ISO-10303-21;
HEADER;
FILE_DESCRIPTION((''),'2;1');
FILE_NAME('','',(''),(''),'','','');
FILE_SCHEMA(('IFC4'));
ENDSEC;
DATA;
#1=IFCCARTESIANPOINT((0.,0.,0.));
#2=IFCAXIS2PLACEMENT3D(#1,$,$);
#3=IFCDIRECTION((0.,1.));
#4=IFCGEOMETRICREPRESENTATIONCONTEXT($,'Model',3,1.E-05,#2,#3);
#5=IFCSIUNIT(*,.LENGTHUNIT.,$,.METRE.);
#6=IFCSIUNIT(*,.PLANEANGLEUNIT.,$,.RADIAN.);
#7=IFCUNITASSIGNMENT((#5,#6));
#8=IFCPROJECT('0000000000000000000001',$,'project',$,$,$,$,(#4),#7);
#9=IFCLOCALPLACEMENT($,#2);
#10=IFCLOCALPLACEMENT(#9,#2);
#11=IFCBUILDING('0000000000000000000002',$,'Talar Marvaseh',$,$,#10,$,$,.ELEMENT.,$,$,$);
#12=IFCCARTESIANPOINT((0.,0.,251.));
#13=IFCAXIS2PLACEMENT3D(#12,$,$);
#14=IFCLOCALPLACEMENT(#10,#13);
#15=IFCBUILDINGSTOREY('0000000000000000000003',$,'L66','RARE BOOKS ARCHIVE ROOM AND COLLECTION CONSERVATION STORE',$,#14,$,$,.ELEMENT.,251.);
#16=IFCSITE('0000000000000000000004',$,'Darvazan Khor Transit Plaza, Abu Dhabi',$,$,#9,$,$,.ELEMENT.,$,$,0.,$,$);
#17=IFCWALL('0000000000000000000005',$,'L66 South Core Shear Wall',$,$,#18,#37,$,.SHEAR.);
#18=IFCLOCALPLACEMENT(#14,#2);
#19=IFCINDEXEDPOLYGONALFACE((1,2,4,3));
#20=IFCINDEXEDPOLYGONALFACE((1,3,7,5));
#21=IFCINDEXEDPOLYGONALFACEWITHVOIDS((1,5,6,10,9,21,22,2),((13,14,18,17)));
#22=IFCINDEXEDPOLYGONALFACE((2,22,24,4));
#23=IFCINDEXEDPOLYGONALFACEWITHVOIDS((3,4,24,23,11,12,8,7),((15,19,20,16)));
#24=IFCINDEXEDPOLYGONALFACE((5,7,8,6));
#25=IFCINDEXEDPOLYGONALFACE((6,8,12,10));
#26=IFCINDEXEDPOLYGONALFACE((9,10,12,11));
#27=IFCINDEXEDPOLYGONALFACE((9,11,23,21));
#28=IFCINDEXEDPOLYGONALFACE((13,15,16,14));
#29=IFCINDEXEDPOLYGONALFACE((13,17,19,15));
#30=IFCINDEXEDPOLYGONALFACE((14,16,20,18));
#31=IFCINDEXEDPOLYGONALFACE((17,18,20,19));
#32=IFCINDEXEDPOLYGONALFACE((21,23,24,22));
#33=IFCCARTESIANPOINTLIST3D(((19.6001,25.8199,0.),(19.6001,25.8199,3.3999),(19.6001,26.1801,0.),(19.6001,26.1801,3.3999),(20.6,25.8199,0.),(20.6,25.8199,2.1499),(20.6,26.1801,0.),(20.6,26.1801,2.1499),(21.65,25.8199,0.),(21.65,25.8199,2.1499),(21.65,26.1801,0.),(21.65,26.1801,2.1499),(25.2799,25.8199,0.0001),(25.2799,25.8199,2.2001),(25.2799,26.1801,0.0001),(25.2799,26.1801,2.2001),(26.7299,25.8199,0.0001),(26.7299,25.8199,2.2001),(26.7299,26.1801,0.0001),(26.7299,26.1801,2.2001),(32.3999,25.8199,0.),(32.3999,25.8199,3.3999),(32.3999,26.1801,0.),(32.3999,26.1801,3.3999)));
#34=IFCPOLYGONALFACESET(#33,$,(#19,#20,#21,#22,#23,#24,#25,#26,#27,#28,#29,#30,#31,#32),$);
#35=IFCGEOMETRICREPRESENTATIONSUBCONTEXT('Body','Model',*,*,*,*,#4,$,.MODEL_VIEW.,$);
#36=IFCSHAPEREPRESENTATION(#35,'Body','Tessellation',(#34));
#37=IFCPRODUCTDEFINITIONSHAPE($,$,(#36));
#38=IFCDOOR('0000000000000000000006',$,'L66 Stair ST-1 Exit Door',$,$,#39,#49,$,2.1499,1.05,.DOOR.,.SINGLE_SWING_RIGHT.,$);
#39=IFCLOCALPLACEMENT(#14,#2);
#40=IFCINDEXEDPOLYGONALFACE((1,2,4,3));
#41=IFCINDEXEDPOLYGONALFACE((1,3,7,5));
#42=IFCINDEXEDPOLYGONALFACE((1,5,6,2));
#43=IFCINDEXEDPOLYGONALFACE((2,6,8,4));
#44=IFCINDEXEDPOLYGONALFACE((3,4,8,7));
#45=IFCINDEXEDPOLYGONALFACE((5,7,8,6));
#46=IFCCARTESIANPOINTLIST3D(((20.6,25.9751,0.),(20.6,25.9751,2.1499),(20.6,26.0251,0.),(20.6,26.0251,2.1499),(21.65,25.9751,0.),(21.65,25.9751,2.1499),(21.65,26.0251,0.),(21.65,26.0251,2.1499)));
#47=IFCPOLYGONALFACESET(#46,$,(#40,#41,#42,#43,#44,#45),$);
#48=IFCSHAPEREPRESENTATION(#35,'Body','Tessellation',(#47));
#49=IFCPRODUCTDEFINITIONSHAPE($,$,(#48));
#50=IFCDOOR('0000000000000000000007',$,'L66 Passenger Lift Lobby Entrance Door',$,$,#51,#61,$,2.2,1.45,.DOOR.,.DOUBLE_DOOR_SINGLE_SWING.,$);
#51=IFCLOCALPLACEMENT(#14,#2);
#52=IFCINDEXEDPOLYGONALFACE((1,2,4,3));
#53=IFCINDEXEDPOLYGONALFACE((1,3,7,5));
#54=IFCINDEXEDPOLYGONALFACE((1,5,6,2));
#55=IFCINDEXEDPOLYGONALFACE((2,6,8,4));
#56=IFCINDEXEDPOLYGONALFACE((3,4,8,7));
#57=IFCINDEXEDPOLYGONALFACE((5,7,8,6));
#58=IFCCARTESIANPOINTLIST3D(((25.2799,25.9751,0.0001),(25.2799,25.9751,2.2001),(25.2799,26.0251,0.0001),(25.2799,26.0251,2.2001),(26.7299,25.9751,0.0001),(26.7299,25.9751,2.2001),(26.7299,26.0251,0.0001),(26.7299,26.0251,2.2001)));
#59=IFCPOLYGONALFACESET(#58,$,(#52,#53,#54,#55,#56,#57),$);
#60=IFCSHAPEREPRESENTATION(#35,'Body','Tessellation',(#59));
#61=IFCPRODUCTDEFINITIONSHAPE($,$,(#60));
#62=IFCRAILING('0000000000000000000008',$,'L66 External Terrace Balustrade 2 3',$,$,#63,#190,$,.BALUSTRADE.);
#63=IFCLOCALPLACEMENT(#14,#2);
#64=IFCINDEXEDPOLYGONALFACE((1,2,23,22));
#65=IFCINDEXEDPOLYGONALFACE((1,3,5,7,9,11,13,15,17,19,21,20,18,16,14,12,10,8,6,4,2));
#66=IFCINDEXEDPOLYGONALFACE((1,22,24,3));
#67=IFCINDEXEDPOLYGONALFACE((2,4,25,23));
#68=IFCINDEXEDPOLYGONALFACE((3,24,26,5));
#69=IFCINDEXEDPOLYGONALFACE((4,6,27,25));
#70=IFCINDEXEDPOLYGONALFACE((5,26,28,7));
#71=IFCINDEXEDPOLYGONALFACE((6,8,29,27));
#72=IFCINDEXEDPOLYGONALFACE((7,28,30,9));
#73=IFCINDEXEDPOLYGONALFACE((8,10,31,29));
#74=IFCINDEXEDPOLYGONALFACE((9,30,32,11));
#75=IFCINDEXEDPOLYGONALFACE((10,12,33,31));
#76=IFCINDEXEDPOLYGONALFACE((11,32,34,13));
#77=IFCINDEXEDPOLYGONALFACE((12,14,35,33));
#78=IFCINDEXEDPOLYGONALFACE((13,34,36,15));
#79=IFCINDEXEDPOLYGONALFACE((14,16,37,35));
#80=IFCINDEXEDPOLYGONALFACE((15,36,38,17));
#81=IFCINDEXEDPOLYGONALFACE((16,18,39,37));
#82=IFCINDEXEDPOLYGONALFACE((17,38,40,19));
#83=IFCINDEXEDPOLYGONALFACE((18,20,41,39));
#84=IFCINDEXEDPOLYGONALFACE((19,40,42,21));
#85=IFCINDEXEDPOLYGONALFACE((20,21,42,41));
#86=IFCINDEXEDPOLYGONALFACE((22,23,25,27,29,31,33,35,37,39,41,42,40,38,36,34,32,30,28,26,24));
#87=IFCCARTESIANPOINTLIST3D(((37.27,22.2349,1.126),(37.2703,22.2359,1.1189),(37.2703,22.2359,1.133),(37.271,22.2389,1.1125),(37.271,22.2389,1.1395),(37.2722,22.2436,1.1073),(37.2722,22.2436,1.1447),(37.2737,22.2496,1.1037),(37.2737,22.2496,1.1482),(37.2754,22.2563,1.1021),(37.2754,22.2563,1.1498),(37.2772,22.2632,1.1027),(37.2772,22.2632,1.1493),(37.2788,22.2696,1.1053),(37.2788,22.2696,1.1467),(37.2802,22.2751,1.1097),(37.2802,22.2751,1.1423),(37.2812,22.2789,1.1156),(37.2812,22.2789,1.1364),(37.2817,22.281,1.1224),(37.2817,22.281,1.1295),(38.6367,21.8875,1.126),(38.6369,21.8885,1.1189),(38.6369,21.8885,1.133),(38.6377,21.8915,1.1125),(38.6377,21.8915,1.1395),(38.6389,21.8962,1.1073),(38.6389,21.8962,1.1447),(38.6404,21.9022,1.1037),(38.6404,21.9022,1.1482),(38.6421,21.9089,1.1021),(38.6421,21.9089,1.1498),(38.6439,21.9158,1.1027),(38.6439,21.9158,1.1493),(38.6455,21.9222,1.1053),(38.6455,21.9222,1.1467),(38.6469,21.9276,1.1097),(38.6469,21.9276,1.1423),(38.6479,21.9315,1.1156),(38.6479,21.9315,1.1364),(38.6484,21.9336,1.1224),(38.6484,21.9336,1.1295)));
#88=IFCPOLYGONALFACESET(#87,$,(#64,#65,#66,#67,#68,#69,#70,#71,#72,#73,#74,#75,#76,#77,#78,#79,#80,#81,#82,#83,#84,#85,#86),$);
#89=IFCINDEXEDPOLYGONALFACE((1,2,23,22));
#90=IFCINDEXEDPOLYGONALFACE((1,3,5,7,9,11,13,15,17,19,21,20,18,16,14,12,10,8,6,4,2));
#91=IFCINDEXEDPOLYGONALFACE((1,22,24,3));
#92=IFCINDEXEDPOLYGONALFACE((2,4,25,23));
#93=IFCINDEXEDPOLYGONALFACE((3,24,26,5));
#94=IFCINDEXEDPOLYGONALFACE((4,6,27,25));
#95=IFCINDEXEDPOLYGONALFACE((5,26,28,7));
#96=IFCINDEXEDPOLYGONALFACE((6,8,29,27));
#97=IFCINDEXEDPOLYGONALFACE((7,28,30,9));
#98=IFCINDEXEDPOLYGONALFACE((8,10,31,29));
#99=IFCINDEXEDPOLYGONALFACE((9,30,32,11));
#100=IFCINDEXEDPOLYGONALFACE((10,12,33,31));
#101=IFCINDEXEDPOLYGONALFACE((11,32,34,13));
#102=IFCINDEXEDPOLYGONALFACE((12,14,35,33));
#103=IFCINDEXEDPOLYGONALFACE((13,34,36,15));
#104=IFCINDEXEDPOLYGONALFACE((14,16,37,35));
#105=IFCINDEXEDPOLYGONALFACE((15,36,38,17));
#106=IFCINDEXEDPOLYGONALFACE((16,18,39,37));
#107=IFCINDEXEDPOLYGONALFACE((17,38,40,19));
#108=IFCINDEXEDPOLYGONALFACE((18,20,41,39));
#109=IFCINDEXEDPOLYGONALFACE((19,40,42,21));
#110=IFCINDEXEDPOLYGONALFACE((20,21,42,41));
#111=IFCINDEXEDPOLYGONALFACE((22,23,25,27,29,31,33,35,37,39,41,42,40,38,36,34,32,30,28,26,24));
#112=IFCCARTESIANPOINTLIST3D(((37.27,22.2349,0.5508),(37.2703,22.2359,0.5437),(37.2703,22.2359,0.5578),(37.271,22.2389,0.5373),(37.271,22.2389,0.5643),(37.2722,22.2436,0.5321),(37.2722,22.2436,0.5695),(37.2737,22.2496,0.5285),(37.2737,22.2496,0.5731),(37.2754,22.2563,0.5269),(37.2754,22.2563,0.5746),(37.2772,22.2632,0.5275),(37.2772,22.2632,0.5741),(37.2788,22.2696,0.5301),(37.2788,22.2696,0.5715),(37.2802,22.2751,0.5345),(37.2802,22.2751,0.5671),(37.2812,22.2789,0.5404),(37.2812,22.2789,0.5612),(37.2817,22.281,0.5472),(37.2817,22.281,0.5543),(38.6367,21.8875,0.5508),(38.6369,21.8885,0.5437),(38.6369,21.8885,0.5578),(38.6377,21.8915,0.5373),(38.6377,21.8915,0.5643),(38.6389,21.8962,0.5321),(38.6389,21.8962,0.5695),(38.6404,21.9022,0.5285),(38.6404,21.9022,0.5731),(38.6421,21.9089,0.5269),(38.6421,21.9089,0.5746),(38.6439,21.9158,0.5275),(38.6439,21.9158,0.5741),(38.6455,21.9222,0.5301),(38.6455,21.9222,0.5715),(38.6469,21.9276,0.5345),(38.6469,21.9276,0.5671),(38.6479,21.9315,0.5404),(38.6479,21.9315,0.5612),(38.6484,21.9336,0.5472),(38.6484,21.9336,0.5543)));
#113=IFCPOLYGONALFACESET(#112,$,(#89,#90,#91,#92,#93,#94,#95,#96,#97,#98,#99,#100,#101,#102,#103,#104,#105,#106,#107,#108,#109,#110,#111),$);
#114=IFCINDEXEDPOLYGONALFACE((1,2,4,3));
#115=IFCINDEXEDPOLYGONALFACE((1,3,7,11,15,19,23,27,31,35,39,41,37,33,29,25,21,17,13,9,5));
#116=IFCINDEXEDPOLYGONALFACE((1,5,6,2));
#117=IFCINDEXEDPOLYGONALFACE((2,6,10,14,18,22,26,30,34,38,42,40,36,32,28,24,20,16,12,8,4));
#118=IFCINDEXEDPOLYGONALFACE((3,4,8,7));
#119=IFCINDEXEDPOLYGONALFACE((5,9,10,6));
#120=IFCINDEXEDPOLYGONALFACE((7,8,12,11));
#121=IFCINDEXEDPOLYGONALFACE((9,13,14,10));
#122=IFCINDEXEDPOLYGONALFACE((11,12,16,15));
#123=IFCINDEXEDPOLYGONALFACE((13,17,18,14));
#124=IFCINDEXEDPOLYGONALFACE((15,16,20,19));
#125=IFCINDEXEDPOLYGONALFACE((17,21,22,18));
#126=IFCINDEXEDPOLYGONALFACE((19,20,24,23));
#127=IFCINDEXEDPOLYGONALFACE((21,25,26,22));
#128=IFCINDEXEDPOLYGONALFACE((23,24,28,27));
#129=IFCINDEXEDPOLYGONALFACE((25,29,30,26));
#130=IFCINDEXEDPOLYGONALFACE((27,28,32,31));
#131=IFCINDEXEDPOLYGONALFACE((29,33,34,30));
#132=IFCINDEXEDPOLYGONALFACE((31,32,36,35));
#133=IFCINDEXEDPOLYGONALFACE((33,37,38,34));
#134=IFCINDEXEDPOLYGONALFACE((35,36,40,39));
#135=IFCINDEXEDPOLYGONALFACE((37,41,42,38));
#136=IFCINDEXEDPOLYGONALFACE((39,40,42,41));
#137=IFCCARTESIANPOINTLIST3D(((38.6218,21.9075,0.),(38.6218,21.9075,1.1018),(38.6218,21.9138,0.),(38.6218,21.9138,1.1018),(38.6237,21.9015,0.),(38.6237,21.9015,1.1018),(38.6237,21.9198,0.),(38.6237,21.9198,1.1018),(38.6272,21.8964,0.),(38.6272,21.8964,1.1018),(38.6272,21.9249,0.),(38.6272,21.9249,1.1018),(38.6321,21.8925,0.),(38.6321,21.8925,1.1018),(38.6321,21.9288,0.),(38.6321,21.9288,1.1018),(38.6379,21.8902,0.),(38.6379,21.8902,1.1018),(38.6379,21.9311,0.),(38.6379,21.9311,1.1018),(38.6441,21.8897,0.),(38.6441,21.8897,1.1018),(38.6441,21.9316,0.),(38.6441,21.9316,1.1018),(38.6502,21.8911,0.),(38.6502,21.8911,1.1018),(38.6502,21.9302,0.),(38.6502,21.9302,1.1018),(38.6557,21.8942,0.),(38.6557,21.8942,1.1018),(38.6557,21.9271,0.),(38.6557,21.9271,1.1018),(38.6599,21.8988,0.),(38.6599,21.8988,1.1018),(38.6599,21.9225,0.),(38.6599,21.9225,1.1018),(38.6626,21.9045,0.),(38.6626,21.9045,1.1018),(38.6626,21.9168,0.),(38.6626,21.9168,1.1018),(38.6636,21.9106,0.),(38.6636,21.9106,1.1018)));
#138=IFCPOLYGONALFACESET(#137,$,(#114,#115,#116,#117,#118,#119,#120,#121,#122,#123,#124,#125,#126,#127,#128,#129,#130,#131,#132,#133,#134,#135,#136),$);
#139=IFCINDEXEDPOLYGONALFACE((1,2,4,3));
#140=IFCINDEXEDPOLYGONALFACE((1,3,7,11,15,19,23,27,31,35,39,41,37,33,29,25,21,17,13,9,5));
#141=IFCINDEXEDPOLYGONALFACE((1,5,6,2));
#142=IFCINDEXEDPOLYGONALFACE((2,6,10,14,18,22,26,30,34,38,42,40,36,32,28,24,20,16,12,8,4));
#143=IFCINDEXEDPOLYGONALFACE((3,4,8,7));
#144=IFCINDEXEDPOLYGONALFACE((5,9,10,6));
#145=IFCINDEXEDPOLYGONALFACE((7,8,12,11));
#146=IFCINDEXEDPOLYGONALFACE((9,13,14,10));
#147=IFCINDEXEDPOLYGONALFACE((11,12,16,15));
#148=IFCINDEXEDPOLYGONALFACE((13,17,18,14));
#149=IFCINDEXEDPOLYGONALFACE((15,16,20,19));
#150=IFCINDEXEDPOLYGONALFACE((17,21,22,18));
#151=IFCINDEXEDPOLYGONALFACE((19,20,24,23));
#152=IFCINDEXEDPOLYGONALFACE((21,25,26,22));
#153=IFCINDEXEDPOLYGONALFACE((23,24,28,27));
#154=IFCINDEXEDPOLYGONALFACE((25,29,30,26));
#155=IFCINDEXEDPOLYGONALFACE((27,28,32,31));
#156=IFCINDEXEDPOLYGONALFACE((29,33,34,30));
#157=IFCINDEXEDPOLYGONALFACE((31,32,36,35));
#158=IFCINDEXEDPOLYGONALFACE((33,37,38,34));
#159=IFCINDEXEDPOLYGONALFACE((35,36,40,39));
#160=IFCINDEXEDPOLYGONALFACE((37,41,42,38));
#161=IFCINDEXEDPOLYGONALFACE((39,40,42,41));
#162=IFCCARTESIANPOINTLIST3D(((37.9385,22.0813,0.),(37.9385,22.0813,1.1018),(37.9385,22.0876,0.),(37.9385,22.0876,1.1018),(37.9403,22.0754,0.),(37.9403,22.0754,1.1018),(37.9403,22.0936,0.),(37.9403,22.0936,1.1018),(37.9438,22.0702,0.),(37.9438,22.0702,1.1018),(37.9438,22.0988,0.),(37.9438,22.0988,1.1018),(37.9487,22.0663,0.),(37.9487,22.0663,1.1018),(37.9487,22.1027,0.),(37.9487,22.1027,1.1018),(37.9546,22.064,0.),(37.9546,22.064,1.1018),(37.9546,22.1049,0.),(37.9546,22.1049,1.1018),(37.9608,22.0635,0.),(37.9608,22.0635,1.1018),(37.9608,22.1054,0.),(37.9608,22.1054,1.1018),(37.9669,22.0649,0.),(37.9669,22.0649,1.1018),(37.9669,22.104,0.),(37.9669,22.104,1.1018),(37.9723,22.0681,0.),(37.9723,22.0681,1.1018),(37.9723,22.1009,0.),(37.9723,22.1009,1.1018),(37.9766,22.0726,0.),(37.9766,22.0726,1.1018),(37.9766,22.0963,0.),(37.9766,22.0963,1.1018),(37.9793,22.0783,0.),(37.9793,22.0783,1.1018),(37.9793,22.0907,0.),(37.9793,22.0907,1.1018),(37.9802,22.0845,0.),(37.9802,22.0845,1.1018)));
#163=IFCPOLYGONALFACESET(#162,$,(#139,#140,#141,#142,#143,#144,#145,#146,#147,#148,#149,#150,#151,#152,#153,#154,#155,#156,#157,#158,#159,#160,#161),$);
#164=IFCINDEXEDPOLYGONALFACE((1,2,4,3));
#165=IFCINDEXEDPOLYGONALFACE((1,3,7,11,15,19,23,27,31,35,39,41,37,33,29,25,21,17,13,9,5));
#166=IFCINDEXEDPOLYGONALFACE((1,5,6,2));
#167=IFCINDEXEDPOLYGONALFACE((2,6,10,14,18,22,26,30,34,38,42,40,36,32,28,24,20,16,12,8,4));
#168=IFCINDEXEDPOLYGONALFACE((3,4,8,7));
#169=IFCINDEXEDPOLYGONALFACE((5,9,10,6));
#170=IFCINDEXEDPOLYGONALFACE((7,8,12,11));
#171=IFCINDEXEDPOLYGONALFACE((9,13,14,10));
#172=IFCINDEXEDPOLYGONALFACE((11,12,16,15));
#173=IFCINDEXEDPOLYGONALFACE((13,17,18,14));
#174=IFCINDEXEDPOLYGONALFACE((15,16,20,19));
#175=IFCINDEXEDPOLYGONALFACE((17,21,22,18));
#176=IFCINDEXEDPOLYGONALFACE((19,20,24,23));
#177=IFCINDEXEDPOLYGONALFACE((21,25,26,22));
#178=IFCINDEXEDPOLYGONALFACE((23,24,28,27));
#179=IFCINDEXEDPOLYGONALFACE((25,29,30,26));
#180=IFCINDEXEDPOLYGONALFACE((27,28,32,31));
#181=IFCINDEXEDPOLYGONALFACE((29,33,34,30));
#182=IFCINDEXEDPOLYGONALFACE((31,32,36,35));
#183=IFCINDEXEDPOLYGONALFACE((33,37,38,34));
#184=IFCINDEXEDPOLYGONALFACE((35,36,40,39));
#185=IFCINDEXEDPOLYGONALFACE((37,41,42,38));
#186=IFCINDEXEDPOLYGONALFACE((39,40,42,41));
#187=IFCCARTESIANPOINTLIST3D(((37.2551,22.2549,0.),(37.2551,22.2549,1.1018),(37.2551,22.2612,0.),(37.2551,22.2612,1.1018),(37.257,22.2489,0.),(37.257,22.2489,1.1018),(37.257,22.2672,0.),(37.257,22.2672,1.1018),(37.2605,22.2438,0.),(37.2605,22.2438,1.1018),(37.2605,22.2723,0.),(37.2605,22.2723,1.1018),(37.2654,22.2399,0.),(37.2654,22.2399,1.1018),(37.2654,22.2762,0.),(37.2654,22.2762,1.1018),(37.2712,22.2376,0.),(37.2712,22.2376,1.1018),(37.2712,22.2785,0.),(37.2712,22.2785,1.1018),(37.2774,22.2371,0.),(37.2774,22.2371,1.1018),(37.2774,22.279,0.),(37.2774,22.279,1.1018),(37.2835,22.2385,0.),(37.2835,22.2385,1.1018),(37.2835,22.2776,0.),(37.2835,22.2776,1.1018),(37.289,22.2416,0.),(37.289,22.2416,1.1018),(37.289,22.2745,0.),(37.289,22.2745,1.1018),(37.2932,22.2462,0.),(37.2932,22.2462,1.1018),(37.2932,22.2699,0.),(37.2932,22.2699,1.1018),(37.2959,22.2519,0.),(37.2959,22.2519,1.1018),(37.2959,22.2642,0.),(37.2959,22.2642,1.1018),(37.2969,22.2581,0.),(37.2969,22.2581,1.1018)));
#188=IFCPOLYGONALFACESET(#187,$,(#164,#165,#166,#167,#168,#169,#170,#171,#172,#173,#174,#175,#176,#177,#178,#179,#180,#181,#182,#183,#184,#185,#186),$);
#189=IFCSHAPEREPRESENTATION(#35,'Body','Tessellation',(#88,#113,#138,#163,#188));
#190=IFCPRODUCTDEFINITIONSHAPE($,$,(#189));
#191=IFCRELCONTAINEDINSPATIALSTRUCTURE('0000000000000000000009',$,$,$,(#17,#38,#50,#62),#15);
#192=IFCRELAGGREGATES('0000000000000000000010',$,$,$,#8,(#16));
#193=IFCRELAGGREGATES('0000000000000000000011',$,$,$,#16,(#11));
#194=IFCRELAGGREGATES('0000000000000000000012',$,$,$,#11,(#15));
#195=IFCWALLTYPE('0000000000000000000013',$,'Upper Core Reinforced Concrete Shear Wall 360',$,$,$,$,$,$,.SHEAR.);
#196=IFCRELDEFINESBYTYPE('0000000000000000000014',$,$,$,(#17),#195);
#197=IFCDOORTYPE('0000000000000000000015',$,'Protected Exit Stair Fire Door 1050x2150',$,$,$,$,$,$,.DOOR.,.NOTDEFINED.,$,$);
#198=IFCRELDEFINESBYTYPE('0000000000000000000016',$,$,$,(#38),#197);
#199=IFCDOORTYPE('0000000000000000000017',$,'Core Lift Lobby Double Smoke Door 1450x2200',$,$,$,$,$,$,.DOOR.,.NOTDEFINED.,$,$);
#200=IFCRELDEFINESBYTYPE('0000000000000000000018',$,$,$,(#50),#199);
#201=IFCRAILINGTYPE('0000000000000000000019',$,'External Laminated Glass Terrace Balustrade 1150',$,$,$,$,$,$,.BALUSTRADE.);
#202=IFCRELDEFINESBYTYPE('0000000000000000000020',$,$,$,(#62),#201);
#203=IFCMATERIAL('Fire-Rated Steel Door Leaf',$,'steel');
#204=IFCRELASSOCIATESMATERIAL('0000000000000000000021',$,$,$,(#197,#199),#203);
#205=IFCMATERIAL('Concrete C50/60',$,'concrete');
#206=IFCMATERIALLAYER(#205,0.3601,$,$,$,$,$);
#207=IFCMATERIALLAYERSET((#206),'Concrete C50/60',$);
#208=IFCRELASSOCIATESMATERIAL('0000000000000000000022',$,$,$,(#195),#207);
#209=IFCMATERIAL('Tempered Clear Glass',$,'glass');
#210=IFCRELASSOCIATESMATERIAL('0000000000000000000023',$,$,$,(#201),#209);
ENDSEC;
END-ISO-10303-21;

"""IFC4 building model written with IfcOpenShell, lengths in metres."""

from ifc_helpers import new_model, si_unit, direction, frame, frame_2d, origin, origin_2d, place, context, subcontext, project, spatial, rectangle, circle, extrude, source, transform, mapped, material, layer, layer_set, type_object, type_shapes, element, fill, save


model = new_model("IFC4")

# Units and contexts
model_context = context("Model", 3, precision=1e-05, world=origin(), true_north=direction((0.0, 1.0)))
body_context = subcontext(model_context, "Body", "Model", "MODEL_VIEW")
ifc_project = project(units=[si_unit("LENGTHUNIT", "METRE"), si_unit("PLANEANGLEUNIT", "RADIAN")], contexts=[model_context])

# Site, building, storey
site_placement = place(None, origin())
site = spatial("IfcSite", under=ifc_project, at=site_placement, Name="Darvazan Khor Transit Plaza, Abu Dhabi", CompositionType="ELEMENT", RefElevation=0.0)
building_placement = place(site_placement, origin())
building = spatial("IfcBuilding", under=site, at=building_placement, Name="Talar Marvaseh", CompositionType="ELEMENT")
storey_placement = place(building_placement, frame((0.0, 0.0, 251.0)))
storey = spatial("IfcBuildingStorey", under=building, at=storey_placement, Name="L66", Description="RARE BOOKS ARCHIVE ROOM AND COLLECTION CONSERVATION STORE", CompositionType="ELEMENT", Elevation=251.0)

# Shared definitions
ifc_material_1 = material(Name="Concrete C50/60", Category="concrete")

# Shared definitions
ifc_material_2 = material(Name="Fire-Rated Steel Door Leaf", Category="steel")
door_type_1 = type_object("IfcDoorType", Name="Protected Exit Stair Fire Door 1050x2150", OperationType="NOTDEFINED", PredefinedType="DOOR", material=ifc_material_2)
shared_shape_1 = source(origin(), body_context, "Body", "SweptSolid", [
    extrude(rectangle(XDim=1.05, YDim=2.1499, at=frame_2d((0.5249, 1.075))), frame((0.0, 0.0249, 0.0), z_axis=(0.0, -1.0, 0.0), x_axis=(1.0, 0.0, 0.0)), (0.0, 0.0, 1.0), 0.05),
])
type_shapes(door_type_1, [shared_shape_1])

# Wall, openings, doors
ifc_layer_1 = layer(ifc_material_1, 0.3601)
ifc_layer_set_1 = layer_set([ifc_layer_1], Name="Concrete C50/60")
wall_type_1 = type_object("IfcWallType", Name="Upper Core Reinforced Concrete Shear Wall 360", PredefinedType="SHEAR", material=ifc_layer_set_1)
wall_1_placement = place(storey_placement, frame((32.3999, 26.0, 0.0), z_axis=(0.0, 0.0, 1.0), x_axis=(-1.0, 0.0, 0.0)))
wall_1 = element("IfcWall", 1, at=wall_1_placement, inside=storey, type_object=wall_type_1, Name="L66 South Core Shear Wall", PredefinedType="SHEAR", context=body_context, shape_type="SweptSolid", body=[
    extrude(rectangle(XDim=12.7998, YDim=0.3601, at=frame_2d((6.3999, 0.0))), origin(), (0.0, 0.0, 1.0), 3.3999),
])
opening_1_placement = place(wall_1_placement, frame((10.75, 0.0, 0.0)))
opening_1 = element("IfcOpeningElement", 2, at=opening_1_placement, cuts=wall_1, PredefinedType="OPENING", context=body_context, shape_type="SweptSolid", body=[
    extrude(rectangle(XDim=1.05, YDim=2.1499, at=frame_2d((0.5249, 1.075))), frame((0.0, 0.1899, 0.0), z_axis=(0.0, -1.0, 0.0), x_axis=(1.0, 0.0, 0.0)), (0.0, 0.0, 1.0), 0.3801),
])
opening_2_placement = place(wall_1_placement, frame((5.6699, 0.0, 0.0)))
opening_2 = element("IfcOpeningElement", 3, at=opening_2_placement, cuts=wall_1, PredefinedType="OPENING", context=body_context, shape_type="SweptSolid", body=[
    extrude(rectangle(XDim=1.45, YDim=2.2, at=frame_2d((0.7251, 1.1001))), frame((0.0, 0.1899, 0.0), z_axis=(0.0, -1.0, 0.0), x_axis=(1.0, 0.0, 0.0)), (0.0, 0.0, 1.0), 0.3801),
])
door_1_placement = place(opening_1_placement, origin())
door_1 = element("IfcDoor", 4, at=door_1_placement, inside=storey, type_object=door_type_1, Name="L66 Stair ST-1 Exit Door", OperationType="SINGLE_SWING_RIGHT", OverallHeight=2.1499, OverallWidth=1.05, PredefinedType="DOOR", context=body_context, shape_type="MappedRepresentation", body=[
    mapped(shared_shape_1, transform((0.0, 0.0, 0.0), x_axis=(1.0, 0.0, 0.0), y_axis=(0.0, 1.0, 0.0), z_axis=(0.0, 0.0, 1.0), scale=1.0)),
])
fill(opening_1, door_1)
door_type_2 = type_object("IfcDoorType", Name="Core Lift Lobby Double Smoke Door 1450x2200", OperationType="NOTDEFINED", PredefinedType="DOOR", material=ifc_material_2)
shared_shape_2 = source(origin(), body_context, "Body", "SweptSolid", [
    extrude(rectangle(XDim=1.45, YDim=2.2, at=frame_2d((0.7251, 1.1001))), frame((0.0, 0.0249, 0.0), z_axis=(0.0, -1.0, 0.0), x_axis=(1.0, 0.0, 0.0)), (0.0, 0.0, 1.0), 0.05),
])
type_shapes(door_type_2, [shared_shape_2])
door_2_placement = place(opening_2_placement, origin())
door_2 = element("IfcDoor", 5, at=door_2_placement, inside=storey, type_object=door_type_2, Name="L66 Passenger Lift Lobby Entrance Door", OperationType="DOUBLE_DOOR_SINGLE_SWING", OverallHeight=2.2, OverallWidth=1.45, PredefinedType="DOOR", context=body_context, shape_type="MappedRepresentation", body=[
    mapped(shared_shape_2, transform((0.0, 0.0, 0.0), x_axis=(1.0, 0.0, 0.0), y_axis=(0.0, 1.0, 0.0), z_axis=(0.0, 0.0, 1.0), scale=1.0)),
])
fill(opening_2, door_2)

# Railing
ifc_material_3 = material(Name="Tempered Clear Glass", Category="glass")
railing_type = type_object("IfcRailingType", Name="External Laminated Glass Terrace Balustrade 1150", PredefinedType="BALUSTRADE", material=ifc_material_3)
railing_placement = place(storey_placement, frame((38.6426, 21.9106, 0.0)))
element("IfcRailing", 6, at=railing_placement, inside=storey, type_object=railing_type, Name="L66 External Terrace Balustrade 2 3", PredefinedType="BALUSTRADE", context=body_context, shape_type="SweptSolid", body=[
    extrude(circle(Radius=0.0239, at=origin_2d()), frame((0.0, 0.0, 1.126), z_axis=(-0.969178, 0.246363, 0.0), x_axis=(-0.246363, -0.969178, 0.0)), (0.0, 0.0, 1.0), 1.4102),
    extrude(circle(Radius=0.0239, at=origin_2d()), frame((0.0, 0.0, 0.5508), z_axis=(-0.969178, 0.246363, 0.0), x_axis=(-0.246363, -0.969178, 0.0)), (0.0, 0.0, 1.0), 1.4102),
    extrude(circle(Radius=0.021, at=origin_2d()), origin(), (0.0, 0.0, 1.0), 1.1018),
    extrude(circle(Radius=0.021, at=origin_2d()), frame((-0.6833, 0.1738, 0.0)), (0.0, 0.0, 1.0), 1.1018),
    extrude(circle(Radius=0.021, at=origin_2d()), frame((-1.3667, 0.3474, 0.0)), (0.0, 0.0, 1.0), 1.1018),
])

save(model, "model.ifc")
